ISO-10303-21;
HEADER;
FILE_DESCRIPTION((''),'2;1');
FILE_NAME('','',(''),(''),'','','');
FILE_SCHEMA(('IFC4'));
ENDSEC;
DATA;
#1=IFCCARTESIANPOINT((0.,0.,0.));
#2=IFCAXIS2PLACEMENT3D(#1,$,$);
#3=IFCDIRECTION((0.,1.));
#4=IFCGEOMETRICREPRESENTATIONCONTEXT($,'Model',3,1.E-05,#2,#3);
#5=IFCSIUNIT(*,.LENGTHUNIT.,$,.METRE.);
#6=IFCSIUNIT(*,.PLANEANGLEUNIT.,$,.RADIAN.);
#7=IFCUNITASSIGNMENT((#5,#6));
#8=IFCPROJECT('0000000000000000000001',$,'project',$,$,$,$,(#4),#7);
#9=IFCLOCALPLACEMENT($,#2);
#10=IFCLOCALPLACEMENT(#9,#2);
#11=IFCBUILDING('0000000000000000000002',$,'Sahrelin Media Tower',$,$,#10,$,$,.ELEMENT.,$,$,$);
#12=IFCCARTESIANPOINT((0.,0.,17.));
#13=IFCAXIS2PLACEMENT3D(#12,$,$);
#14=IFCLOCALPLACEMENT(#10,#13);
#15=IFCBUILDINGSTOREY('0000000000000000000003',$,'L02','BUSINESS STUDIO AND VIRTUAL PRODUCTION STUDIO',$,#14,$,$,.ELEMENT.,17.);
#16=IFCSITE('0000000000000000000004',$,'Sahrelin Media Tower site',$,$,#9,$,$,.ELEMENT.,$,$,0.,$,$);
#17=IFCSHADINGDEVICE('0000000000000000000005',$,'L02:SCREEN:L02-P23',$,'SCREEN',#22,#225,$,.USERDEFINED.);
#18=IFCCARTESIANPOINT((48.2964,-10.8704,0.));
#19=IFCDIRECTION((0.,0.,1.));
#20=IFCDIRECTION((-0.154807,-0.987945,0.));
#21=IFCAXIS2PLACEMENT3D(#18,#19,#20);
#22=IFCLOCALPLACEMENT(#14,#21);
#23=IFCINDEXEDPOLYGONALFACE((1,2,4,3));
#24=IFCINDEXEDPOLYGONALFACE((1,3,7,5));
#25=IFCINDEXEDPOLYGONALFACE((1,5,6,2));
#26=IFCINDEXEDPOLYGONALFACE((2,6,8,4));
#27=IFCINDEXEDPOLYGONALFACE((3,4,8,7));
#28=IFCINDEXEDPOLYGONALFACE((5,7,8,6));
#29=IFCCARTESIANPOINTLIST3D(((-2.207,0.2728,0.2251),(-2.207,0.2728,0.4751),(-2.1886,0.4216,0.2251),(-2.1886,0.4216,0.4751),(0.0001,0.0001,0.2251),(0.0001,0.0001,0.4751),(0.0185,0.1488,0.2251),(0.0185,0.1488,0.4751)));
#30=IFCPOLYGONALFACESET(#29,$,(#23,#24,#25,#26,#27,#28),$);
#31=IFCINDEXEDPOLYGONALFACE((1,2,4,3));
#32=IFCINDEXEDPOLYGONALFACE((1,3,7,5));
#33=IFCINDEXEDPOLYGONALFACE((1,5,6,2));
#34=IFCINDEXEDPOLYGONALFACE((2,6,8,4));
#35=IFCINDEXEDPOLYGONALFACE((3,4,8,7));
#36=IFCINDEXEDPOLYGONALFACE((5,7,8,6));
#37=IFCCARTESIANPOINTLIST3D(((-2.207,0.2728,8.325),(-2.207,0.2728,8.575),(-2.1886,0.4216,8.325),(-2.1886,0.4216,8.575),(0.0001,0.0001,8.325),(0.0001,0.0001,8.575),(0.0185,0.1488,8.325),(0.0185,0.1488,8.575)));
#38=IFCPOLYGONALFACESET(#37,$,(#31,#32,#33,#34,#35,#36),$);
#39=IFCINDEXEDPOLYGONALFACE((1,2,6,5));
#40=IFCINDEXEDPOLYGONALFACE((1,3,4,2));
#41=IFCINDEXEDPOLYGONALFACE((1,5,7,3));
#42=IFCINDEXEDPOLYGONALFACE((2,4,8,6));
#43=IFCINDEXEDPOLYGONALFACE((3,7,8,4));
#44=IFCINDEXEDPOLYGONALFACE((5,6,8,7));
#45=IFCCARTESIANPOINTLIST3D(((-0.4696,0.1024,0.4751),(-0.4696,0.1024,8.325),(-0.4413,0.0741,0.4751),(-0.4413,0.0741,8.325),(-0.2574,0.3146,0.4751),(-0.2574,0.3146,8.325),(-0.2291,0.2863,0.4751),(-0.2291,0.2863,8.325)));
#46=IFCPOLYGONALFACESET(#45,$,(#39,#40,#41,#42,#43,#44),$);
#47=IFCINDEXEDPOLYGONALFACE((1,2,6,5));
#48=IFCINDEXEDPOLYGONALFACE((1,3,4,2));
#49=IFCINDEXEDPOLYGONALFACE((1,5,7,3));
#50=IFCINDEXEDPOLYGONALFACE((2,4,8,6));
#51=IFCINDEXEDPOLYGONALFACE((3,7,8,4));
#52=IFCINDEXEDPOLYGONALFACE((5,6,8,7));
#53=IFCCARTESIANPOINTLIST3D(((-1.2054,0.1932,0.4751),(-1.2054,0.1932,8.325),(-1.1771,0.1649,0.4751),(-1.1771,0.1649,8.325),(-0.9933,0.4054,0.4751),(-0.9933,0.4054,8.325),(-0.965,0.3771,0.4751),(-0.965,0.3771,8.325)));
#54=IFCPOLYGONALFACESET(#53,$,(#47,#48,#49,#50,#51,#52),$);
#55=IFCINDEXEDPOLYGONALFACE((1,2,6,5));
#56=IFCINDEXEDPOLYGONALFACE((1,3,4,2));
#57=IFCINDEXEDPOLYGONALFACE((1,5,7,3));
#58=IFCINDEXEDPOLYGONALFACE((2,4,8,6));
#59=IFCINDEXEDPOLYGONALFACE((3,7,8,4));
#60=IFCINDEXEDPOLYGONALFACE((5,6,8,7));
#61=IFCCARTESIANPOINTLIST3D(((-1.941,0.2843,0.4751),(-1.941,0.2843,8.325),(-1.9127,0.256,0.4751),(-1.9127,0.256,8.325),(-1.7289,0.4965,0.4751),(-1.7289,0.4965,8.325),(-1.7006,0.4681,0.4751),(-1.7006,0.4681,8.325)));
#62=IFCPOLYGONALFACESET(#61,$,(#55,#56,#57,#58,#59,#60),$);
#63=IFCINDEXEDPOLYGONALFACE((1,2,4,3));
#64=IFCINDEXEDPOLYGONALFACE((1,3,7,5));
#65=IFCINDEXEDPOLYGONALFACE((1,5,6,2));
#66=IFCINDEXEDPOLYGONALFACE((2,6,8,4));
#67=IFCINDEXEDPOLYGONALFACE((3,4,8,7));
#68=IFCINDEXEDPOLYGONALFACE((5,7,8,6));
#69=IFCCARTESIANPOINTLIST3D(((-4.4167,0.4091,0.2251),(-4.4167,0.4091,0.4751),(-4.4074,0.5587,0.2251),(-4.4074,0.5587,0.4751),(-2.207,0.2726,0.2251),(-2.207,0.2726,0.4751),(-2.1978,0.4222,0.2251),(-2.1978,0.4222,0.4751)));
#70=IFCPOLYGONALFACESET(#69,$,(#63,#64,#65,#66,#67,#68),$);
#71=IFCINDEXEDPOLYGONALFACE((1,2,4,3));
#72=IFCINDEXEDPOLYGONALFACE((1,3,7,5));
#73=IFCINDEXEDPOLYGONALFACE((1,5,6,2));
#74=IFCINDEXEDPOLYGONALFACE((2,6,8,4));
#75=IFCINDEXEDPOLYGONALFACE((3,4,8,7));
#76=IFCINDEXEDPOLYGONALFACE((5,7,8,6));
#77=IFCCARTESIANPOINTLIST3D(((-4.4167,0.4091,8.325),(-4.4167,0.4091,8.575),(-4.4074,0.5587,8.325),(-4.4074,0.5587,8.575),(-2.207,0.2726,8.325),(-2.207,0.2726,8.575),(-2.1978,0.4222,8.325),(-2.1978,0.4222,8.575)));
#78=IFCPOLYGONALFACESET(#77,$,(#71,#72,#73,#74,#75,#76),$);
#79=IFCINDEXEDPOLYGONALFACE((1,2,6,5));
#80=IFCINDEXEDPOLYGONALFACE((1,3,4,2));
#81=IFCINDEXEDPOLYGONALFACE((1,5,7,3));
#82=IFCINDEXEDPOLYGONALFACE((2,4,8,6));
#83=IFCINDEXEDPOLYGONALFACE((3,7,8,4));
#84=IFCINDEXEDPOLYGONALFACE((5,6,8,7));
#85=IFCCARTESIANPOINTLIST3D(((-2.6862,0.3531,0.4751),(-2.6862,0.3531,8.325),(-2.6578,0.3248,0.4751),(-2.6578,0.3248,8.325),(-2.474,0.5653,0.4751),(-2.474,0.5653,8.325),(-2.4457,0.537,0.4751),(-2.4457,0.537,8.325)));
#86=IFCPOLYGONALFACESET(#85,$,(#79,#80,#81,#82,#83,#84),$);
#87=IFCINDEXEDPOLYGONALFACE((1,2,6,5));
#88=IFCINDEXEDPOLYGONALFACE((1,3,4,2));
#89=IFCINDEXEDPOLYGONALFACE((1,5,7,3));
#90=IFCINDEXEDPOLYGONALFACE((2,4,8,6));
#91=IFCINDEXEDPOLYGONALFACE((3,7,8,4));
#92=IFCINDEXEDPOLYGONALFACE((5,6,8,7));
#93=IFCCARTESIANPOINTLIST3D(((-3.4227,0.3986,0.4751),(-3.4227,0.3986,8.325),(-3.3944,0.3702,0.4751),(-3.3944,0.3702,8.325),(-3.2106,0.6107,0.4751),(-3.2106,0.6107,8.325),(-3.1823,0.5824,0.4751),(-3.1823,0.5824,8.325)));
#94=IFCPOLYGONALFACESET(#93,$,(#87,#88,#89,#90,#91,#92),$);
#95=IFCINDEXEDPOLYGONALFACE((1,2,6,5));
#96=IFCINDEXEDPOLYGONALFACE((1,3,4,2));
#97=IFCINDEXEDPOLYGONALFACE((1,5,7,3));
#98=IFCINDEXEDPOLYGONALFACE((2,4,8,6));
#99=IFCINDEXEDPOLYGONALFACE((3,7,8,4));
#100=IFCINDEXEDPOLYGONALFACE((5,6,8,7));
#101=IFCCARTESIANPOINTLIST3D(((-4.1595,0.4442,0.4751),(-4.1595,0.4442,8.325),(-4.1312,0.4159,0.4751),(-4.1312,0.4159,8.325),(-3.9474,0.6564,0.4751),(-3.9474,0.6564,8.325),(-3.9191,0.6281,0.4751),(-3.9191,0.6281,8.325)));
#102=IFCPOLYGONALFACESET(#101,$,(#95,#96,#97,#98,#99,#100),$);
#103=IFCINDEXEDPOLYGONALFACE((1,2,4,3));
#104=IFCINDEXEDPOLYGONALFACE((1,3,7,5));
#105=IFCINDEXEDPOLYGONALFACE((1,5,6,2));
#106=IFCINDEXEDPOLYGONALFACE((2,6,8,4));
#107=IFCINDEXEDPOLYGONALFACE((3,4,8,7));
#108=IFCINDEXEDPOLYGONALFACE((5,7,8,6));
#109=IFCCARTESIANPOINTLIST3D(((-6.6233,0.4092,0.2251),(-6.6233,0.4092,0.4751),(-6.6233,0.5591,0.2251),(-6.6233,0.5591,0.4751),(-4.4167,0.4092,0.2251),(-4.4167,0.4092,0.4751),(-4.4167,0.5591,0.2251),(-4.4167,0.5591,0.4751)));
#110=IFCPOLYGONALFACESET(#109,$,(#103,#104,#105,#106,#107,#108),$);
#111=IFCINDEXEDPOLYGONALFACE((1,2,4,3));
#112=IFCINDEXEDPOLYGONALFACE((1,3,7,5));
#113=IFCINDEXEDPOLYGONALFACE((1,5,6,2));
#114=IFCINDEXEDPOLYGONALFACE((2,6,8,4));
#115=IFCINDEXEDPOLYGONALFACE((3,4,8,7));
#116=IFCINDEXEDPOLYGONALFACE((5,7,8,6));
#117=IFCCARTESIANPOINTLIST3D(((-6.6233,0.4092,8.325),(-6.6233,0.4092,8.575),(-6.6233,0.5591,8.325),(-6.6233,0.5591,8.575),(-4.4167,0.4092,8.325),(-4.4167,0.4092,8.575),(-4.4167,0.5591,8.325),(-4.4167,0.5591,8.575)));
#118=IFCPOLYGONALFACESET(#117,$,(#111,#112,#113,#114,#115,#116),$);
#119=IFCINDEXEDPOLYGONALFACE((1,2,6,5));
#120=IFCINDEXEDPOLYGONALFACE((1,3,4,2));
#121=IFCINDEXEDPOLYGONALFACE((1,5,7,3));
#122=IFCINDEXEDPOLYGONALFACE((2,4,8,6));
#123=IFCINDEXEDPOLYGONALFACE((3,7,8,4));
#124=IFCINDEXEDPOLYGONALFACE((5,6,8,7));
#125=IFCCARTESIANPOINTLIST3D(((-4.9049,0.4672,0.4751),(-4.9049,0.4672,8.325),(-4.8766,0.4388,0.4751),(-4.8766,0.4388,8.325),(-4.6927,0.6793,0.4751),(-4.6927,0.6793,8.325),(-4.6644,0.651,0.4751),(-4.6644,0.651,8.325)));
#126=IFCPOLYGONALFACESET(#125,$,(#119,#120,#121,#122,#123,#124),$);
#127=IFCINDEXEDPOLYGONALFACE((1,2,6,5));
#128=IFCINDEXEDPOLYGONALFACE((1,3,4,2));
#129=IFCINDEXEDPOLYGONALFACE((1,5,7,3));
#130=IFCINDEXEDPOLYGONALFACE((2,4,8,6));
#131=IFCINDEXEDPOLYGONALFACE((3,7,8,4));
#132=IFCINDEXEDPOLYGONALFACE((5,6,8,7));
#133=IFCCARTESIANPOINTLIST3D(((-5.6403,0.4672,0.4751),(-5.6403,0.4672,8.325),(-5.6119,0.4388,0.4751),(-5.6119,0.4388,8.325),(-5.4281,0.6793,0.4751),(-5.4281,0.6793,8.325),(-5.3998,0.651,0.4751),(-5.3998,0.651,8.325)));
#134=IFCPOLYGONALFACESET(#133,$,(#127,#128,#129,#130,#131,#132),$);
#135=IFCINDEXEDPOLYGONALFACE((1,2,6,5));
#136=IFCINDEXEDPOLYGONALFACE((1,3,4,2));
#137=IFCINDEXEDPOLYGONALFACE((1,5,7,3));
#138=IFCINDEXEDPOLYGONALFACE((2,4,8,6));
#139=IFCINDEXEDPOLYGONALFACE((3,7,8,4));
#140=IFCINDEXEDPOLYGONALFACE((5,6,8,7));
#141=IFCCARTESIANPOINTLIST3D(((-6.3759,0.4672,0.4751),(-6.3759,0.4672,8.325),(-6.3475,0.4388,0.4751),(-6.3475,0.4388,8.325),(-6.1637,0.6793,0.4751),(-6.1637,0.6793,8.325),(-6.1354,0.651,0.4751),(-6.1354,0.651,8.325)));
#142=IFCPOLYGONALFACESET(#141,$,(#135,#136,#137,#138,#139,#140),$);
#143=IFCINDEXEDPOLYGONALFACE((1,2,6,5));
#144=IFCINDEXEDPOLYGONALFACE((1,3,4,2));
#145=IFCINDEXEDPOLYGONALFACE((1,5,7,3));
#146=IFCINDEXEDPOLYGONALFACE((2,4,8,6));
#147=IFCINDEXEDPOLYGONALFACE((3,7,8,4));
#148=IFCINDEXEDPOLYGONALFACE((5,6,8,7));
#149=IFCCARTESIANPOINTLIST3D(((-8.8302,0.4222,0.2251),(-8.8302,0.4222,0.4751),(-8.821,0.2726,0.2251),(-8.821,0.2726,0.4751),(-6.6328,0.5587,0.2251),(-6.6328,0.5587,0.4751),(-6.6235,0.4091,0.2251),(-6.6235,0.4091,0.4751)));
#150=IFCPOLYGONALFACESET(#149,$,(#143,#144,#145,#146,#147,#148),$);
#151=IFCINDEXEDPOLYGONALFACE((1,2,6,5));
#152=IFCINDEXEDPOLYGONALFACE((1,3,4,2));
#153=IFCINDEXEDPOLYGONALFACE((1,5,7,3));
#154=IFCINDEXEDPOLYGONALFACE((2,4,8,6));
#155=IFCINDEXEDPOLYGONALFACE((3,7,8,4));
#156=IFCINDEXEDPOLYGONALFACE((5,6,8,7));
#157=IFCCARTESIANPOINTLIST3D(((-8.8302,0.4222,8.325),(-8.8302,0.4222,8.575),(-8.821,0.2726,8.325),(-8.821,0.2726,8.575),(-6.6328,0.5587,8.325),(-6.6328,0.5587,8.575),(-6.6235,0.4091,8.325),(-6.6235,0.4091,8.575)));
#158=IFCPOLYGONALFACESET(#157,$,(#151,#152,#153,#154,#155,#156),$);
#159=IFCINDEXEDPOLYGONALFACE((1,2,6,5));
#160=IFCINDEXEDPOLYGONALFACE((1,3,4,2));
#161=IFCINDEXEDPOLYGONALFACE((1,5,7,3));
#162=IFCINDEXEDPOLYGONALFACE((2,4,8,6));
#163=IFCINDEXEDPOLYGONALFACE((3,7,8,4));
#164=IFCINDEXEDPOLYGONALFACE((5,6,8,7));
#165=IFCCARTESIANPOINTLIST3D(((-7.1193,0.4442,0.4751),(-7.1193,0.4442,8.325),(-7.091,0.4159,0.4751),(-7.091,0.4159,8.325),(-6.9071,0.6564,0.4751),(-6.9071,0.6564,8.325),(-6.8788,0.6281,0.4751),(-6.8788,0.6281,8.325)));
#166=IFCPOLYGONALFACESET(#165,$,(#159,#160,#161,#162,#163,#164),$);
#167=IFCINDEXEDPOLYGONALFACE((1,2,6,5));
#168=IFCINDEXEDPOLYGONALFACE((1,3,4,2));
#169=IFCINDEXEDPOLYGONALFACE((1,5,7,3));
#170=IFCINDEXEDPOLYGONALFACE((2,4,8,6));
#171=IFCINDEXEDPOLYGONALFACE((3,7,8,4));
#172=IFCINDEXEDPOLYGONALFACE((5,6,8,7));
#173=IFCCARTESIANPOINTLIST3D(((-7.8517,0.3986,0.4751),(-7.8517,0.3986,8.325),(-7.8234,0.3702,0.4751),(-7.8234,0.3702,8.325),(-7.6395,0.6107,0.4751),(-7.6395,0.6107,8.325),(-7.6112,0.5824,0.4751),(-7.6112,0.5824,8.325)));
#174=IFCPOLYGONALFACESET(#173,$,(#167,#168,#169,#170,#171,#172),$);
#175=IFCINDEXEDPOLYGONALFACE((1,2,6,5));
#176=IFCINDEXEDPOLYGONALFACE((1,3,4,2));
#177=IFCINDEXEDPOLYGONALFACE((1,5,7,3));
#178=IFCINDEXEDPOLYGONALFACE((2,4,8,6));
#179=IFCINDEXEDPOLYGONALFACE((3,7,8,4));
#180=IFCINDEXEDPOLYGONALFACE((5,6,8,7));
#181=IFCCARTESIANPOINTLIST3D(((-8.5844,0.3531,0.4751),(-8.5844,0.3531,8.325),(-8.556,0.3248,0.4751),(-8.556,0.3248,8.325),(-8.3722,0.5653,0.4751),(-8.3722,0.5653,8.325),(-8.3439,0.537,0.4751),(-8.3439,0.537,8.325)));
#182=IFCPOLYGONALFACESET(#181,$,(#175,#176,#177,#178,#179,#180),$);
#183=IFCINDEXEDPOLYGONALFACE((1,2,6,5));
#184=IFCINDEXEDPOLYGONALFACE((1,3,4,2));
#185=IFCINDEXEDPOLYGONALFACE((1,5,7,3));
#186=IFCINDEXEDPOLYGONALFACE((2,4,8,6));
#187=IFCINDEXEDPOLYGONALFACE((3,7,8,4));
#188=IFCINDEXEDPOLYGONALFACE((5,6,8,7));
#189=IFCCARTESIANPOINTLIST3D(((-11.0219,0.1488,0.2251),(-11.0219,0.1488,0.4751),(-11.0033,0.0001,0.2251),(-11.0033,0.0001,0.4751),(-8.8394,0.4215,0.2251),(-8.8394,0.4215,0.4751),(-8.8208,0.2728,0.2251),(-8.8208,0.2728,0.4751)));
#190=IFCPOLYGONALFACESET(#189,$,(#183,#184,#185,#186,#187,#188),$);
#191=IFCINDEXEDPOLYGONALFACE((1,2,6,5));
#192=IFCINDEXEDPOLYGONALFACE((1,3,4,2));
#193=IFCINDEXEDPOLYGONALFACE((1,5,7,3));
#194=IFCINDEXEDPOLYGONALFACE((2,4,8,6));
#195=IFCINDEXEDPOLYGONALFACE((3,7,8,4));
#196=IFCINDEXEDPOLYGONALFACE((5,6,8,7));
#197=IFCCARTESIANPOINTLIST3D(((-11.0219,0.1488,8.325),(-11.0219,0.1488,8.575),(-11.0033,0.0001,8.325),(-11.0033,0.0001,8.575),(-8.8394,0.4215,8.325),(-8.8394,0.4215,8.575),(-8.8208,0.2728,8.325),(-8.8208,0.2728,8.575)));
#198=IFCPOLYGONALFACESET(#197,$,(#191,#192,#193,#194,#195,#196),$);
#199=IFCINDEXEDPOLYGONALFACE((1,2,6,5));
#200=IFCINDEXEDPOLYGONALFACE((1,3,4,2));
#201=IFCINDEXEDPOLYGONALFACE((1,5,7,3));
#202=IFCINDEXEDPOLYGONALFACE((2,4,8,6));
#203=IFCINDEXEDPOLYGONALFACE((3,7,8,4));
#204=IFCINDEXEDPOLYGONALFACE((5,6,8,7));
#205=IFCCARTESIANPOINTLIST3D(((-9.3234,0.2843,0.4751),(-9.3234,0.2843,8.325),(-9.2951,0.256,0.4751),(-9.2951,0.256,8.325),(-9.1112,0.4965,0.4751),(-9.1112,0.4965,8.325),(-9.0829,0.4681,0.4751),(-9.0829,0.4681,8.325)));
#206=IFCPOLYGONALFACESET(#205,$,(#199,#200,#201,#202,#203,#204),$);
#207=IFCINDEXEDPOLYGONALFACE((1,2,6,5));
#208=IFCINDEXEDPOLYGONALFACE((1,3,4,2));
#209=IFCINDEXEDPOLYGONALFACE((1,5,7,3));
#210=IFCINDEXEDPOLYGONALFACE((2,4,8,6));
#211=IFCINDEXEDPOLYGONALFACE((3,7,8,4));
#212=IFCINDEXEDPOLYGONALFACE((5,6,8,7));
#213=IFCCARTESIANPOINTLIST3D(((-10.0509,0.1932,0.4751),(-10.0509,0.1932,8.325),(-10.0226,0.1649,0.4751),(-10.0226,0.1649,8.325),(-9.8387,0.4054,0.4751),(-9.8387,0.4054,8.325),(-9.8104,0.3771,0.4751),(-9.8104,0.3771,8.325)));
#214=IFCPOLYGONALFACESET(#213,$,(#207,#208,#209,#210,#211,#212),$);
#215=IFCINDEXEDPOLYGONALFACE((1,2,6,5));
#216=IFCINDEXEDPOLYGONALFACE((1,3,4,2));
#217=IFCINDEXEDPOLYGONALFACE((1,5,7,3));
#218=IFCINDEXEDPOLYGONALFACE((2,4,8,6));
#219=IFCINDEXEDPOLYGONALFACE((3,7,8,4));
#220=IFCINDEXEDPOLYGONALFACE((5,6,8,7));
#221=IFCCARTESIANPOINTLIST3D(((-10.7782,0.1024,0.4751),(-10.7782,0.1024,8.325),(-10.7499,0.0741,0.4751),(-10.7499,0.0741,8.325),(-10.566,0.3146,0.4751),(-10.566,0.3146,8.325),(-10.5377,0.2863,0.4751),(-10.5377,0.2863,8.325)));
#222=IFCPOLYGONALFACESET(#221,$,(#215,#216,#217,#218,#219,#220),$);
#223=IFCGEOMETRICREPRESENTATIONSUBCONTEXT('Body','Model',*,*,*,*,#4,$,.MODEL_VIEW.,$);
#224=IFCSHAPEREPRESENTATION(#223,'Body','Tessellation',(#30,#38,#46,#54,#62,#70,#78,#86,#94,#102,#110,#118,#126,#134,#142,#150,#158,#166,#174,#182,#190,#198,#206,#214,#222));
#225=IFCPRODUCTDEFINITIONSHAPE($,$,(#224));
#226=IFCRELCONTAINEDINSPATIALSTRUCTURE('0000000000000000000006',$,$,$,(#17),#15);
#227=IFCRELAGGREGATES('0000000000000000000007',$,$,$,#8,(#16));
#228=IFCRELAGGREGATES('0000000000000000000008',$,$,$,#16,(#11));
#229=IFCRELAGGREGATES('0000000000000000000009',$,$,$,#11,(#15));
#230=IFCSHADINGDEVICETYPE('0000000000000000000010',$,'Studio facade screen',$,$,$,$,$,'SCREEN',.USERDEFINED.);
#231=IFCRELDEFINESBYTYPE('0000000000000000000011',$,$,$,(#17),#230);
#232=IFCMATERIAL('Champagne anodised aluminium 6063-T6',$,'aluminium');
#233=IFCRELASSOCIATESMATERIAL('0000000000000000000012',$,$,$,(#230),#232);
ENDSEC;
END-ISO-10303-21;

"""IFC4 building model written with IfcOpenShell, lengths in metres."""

from ifc_helpers import new_model, si_unit, direction, frame, origin, origin_2d, place, context, subcontext, project, spatial, rectangle, extrude, material, type_object, element, save


model = new_model("IFC4")

# Units and contexts
model_context = context("Model", 3, precision=1e-05, world=origin(), true_north=direction((0.0, 1.0)))
body_context = subcontext(model_context, "Body", "Model", "MODEL_VIEW")
ifc_project = project(units=[si_unit("LENGTHUNIT", "METRE"), si_unit("PLANEANGLEUNIT", "RADIAN")], contexts=[model_context])

# Site, building, storey
site_placement = place(None, origin())
site = spatial("IfcSite", under=ifc_project, at=site_placement, Name="Sahrelin Media Tower site", CompositionType="ELEMENT", RefElevation=0.0)
building_placement = place(site_placement, origin())
building = spatial("IfcBuilding", under=site, at=building_placement, Name="Sahrelin Media Tower", CompositionType="ELEMENT")
storey_placement = place(building_placement, frame((0.0, 0.0, 17.0)))
storey = spatial("IfcBuildingStorey", under=building, at=storey_placement, Name="L02", Description="BUSINESS STUDIO AND VIRTUAL PRODUCTION STUDIO", CompositionType="ELEMENT", Elevation=17.0)

# Shading device
ifc_material_1 = material(Name="Champagne anodised aluminium 6063-T6", Category="aluminium")
shading_device_type = type_object("IfcShadingDeviceType", Name="Studio facade screen", ElementType="SCREEN", PredefinedType="USERDEFINED", material=ifc_material_1)
shading_device_placement = place(storey_placement, frame((48.2964, -10.8704, 0.0), z_axis=(0.0, 0.0, 1.0), x_axis=(-0.154807, -0.987945, 0.0)))
element("IfcShadingDevice", 1, at=shading_device_placement, inside=storey, type_object=shading_device_type, Name="L02:SCREEN:L02-P23", ObjectType="SCREEN", PredefinedType="USERDEFINED", context=body_context, shape_type="SweptSolid", body=[
    extrude(rectangle(XDim=0.1499, YDim=0.25, at=origin_2d()), frame((0.0093, 0.0745, 0.3501), z_axis=(-0.992453, 0.122629, 0.0), x_axis=(-0.122629, -0.992453, 0.0)), (0.0, 0.0, 1.0), 2.2239),
    extrude(rectangle(XDim=0.1499, YDim=0.25, at=origin_2d()), frame((0.0093, 0.0745, 8.45), z_axis=(-0.992453, 0.122629, 0.0), x_axis=(-0.122629, -0.992453, 0.0)), (0.0, 0.0, 1.0), 2.2239),
    extrude(rectangle(XDim=0.3, YDim=0.04, at=origin_2d()), frame((-0.3494, 0.1943, 0.4751), z_axis=(0.0, 0.0, 1.0), x_axis=(0.707107, 0.707107, 0.0)), (0.0, 0.0, 1.0), 7.8499),
    extrude(rectangle(XDim=0.3, YDim=0.04, at=origin_2d()), frame((-1.0852, 0.2852, 0.4751), z_axis=(0.0, 0.0, 1.0), x_axis=(0.707107, 0.707107, 0.0)), (0.0, 0.0, 1.0), 7.8499),
    extrude(rectangle(XDim=0.3, YDim=0.04, at=origin_2d()), frame((-1.8208, 0.3762, 0.4751), z_axis=(0.0, 0.0, 1.0), x_axis=(0.707107, 0.707107, 0.0)), (0.0, 0.0, 1.0), 7.8499),
    extrude(rectangle(XDim=0.1499, YDim=0.25, at=origin_2d()), frame((-2.2024, 0.3474, 0.3501), z_axis=(-0.998098, 0.061644, 0.0), x_axis=(-0.061644, -0.998098, 0.0)), (0.0, 0.0, 1.0), 2.2139),
    extrude(rectangle(XDim=0.1499, YDim=0.25, at=origin_2d()), frame((-2.2024, 0.3474, 8.45), z_axis=(-0.998098, 0.061644, 0.0), x_axis=(-0.061644, -0.998098, 0.0)), (0.0, 0.0, 1.0), 2.2139),
    extrude(rectangle(XDim=0.3, YDim=0.04, at=origin_2d()), frame((-2.5659, 0.4451, 0.4751), z_axis=(0.0, 0.0, 1.0), x_axis=(0.707107, 0.707107, 0.0)), (0.0, 0.0, 1.0), 7.8499),
    extrude(rectangle(XDim=0.3, YDim=0.04, at=origin_2d()), frame((-3.3025, 0.4905, 0.4751), z_axis=(0.0, 0.0, 1.0), x_axis=(0.707107, 0.707107, 0.0)), (0.0, 0.0, 1.0), 7.8499),
    extrude(rectangle(XDim=0.3, YDim=0.04, at=origin_2d()), frame((-4.0393, 0.5361, 0.4751), z_axis=(0.0, 0.0, 1.0), x_axis=(0.707107, 0.707107, 0.0)), (0.0, 0.0, 1.0), 7.8499),
    extrude(rectangle(XDim=0.1499, YDim=0.25, at=origin_2d()), frame((-4.4167, 0.4841, 0.3501), z_axis=(-1.0, 0.0, 0.0), x_axis=(0.0, -1.0, 0.0)), (0.0, 0.0, 1.0), 2.2065),
    extrude(rectangle(XDim=0.1499, YDim=0.25, at=origin_2d()), frame((-4.4167, 0.4841, 8.45), z_axis=(-1.0, 0.0, 0.0), x_axis=(0.0, -1.0, 0.0)), (0.0, 0.0, 1.0), 2.2065),
    extrude(rectangle(XDim=0.3, YDim=0.04, at=origin_2d()), frame((-4.7847, 0.5591, 0.4751), z_axis=(0.0, 0.0, 1.0), x_axis=(0.707107, 0.707107, 0.0)), (0.0, 0.0, 1.0), 7.8499),
    extrude(rectangle(XDim=0.3, YDim=0.04, at=origin_2d()), frame((-5.52, 0.5591, 0.4751), z_axis=(0.0, 0.0, 1.0), x_axis=(0.707107, 0.707107, 0.0)), (0.0, 0.0, 1.0), 7.8499),
    extrude(rectangle(XDim=0.3, YDim=0.04, at=origin_2d()), frame((-6.2556, 0.5591, 0.4751), z_axis=(0.0, 0.0, 1.0), x_axis=(0.707107, 0.707107, 0.0)), (0.0, 0.0, 1.0), 7.8499),
    extrude(rectangle(XDim=0.1499, YDim=0.25, at=origin_2d()), frame((-6.6282, 0.4839, 0.3501), z_axis=(-0.998077, -0.061985, 0.0), x_axis=(0.061985, -0.998077, 0.0)), (0.0, 0.0, 1.0), 2.2017),
    extrude(rectangle(XDim=0.1499, YDim=0.25, at=origin_2d()), frame((-6.6282, 0.4839, 8.45), z_axis=(-0.998077, -0.061985, 0.0), x_axis=(0.061985, -0.998077, 0.0)), (0.0, 0.0, 1.0), 2.2017),
    extrude(rectangle(XDim=0.3, YDim=0.04, at=origin_2d()), frame((-6.999, 0.5361, 0.4751), z_axis=(0.0, 0.0, 1.0), x_axis=(0.707107, 0.707107, 0.0)), (0.0, 0.0, 1.0), 7.8499),
    extrude(rectangle(XDim=0.3, YDim=0.04, at=origin_2d()), frame((-7.7314, 0.4905, 0.4751), z_axis=(0.0, 0.0, 1.0), x_axis=(0.707107, 0.707107, 0.0)), (0.0, 0.0, 1.0), 7.8499),
    extrude(rectangle(XDim=0.3, YDim=0.04, at=origin_2d()), frame((-8.4641, 0.4451, 0.4751), z_axis=(0.0, 0.0, 1.0), x_axis=(0.707107, 0.707107, 0.0)), (0.0, 0.0, 1.0), 7.8499),
    extrude(rectangle(XDim=0.1499, YDim=0.25, at=origin_2d()), frame((-8.8301, 0.3472, 0.3501), z_axis=(-0.992283, -0.123994, 0.0), x_axis=(0.123994, -0.992283, 0.0)), (0.0, 0.0, 1.0), 2.1995),
    extrude(rectangle(XDim=0.1499, YDim=0.25, at=origin_2d()), frame((-8.8301, 0.3472, 8.45), z_axis=(-0.992283, -0.123994, 0.0), x_axis=(0.123994, -0.992283, 0.0)), (0.0, 0.0, 1.0), 2.1995),
    extrude(rectangle(XDim=0.3, YDim=0.04, at=origin_2d()), frame((-9.2031, 0.3762, 0.4751), z_axis=(0.0, 0.0, 1.0), x_axis=(0.707107, 0.707107, 0.0)), (0.0, 0.0, 1.0), 7.8499),
    extrude(rectangle(XDim=0.3, YDim=0.04, at=origin_2d()), frame((-9.9307, 0.2852, 0.4751), z_axis=(0.0, 0.0, 1.0), x_axis=(0.707107, 0.707107, 0.0)), (0.0, 0.0, 1.0), 7.8499),
    extrude(rectangle(XDim=0.3, YDim=0.04, at=origin_2d()), frame((-10.658, 0.1943, 0.4751), z_axis=(0.0, 0.0, 1.0), x_axis=(0.707107, 0.707107, 0.0)), (0.0, 0.0, 1.0), 7.8499),
])

save(model, "model.ifc")
